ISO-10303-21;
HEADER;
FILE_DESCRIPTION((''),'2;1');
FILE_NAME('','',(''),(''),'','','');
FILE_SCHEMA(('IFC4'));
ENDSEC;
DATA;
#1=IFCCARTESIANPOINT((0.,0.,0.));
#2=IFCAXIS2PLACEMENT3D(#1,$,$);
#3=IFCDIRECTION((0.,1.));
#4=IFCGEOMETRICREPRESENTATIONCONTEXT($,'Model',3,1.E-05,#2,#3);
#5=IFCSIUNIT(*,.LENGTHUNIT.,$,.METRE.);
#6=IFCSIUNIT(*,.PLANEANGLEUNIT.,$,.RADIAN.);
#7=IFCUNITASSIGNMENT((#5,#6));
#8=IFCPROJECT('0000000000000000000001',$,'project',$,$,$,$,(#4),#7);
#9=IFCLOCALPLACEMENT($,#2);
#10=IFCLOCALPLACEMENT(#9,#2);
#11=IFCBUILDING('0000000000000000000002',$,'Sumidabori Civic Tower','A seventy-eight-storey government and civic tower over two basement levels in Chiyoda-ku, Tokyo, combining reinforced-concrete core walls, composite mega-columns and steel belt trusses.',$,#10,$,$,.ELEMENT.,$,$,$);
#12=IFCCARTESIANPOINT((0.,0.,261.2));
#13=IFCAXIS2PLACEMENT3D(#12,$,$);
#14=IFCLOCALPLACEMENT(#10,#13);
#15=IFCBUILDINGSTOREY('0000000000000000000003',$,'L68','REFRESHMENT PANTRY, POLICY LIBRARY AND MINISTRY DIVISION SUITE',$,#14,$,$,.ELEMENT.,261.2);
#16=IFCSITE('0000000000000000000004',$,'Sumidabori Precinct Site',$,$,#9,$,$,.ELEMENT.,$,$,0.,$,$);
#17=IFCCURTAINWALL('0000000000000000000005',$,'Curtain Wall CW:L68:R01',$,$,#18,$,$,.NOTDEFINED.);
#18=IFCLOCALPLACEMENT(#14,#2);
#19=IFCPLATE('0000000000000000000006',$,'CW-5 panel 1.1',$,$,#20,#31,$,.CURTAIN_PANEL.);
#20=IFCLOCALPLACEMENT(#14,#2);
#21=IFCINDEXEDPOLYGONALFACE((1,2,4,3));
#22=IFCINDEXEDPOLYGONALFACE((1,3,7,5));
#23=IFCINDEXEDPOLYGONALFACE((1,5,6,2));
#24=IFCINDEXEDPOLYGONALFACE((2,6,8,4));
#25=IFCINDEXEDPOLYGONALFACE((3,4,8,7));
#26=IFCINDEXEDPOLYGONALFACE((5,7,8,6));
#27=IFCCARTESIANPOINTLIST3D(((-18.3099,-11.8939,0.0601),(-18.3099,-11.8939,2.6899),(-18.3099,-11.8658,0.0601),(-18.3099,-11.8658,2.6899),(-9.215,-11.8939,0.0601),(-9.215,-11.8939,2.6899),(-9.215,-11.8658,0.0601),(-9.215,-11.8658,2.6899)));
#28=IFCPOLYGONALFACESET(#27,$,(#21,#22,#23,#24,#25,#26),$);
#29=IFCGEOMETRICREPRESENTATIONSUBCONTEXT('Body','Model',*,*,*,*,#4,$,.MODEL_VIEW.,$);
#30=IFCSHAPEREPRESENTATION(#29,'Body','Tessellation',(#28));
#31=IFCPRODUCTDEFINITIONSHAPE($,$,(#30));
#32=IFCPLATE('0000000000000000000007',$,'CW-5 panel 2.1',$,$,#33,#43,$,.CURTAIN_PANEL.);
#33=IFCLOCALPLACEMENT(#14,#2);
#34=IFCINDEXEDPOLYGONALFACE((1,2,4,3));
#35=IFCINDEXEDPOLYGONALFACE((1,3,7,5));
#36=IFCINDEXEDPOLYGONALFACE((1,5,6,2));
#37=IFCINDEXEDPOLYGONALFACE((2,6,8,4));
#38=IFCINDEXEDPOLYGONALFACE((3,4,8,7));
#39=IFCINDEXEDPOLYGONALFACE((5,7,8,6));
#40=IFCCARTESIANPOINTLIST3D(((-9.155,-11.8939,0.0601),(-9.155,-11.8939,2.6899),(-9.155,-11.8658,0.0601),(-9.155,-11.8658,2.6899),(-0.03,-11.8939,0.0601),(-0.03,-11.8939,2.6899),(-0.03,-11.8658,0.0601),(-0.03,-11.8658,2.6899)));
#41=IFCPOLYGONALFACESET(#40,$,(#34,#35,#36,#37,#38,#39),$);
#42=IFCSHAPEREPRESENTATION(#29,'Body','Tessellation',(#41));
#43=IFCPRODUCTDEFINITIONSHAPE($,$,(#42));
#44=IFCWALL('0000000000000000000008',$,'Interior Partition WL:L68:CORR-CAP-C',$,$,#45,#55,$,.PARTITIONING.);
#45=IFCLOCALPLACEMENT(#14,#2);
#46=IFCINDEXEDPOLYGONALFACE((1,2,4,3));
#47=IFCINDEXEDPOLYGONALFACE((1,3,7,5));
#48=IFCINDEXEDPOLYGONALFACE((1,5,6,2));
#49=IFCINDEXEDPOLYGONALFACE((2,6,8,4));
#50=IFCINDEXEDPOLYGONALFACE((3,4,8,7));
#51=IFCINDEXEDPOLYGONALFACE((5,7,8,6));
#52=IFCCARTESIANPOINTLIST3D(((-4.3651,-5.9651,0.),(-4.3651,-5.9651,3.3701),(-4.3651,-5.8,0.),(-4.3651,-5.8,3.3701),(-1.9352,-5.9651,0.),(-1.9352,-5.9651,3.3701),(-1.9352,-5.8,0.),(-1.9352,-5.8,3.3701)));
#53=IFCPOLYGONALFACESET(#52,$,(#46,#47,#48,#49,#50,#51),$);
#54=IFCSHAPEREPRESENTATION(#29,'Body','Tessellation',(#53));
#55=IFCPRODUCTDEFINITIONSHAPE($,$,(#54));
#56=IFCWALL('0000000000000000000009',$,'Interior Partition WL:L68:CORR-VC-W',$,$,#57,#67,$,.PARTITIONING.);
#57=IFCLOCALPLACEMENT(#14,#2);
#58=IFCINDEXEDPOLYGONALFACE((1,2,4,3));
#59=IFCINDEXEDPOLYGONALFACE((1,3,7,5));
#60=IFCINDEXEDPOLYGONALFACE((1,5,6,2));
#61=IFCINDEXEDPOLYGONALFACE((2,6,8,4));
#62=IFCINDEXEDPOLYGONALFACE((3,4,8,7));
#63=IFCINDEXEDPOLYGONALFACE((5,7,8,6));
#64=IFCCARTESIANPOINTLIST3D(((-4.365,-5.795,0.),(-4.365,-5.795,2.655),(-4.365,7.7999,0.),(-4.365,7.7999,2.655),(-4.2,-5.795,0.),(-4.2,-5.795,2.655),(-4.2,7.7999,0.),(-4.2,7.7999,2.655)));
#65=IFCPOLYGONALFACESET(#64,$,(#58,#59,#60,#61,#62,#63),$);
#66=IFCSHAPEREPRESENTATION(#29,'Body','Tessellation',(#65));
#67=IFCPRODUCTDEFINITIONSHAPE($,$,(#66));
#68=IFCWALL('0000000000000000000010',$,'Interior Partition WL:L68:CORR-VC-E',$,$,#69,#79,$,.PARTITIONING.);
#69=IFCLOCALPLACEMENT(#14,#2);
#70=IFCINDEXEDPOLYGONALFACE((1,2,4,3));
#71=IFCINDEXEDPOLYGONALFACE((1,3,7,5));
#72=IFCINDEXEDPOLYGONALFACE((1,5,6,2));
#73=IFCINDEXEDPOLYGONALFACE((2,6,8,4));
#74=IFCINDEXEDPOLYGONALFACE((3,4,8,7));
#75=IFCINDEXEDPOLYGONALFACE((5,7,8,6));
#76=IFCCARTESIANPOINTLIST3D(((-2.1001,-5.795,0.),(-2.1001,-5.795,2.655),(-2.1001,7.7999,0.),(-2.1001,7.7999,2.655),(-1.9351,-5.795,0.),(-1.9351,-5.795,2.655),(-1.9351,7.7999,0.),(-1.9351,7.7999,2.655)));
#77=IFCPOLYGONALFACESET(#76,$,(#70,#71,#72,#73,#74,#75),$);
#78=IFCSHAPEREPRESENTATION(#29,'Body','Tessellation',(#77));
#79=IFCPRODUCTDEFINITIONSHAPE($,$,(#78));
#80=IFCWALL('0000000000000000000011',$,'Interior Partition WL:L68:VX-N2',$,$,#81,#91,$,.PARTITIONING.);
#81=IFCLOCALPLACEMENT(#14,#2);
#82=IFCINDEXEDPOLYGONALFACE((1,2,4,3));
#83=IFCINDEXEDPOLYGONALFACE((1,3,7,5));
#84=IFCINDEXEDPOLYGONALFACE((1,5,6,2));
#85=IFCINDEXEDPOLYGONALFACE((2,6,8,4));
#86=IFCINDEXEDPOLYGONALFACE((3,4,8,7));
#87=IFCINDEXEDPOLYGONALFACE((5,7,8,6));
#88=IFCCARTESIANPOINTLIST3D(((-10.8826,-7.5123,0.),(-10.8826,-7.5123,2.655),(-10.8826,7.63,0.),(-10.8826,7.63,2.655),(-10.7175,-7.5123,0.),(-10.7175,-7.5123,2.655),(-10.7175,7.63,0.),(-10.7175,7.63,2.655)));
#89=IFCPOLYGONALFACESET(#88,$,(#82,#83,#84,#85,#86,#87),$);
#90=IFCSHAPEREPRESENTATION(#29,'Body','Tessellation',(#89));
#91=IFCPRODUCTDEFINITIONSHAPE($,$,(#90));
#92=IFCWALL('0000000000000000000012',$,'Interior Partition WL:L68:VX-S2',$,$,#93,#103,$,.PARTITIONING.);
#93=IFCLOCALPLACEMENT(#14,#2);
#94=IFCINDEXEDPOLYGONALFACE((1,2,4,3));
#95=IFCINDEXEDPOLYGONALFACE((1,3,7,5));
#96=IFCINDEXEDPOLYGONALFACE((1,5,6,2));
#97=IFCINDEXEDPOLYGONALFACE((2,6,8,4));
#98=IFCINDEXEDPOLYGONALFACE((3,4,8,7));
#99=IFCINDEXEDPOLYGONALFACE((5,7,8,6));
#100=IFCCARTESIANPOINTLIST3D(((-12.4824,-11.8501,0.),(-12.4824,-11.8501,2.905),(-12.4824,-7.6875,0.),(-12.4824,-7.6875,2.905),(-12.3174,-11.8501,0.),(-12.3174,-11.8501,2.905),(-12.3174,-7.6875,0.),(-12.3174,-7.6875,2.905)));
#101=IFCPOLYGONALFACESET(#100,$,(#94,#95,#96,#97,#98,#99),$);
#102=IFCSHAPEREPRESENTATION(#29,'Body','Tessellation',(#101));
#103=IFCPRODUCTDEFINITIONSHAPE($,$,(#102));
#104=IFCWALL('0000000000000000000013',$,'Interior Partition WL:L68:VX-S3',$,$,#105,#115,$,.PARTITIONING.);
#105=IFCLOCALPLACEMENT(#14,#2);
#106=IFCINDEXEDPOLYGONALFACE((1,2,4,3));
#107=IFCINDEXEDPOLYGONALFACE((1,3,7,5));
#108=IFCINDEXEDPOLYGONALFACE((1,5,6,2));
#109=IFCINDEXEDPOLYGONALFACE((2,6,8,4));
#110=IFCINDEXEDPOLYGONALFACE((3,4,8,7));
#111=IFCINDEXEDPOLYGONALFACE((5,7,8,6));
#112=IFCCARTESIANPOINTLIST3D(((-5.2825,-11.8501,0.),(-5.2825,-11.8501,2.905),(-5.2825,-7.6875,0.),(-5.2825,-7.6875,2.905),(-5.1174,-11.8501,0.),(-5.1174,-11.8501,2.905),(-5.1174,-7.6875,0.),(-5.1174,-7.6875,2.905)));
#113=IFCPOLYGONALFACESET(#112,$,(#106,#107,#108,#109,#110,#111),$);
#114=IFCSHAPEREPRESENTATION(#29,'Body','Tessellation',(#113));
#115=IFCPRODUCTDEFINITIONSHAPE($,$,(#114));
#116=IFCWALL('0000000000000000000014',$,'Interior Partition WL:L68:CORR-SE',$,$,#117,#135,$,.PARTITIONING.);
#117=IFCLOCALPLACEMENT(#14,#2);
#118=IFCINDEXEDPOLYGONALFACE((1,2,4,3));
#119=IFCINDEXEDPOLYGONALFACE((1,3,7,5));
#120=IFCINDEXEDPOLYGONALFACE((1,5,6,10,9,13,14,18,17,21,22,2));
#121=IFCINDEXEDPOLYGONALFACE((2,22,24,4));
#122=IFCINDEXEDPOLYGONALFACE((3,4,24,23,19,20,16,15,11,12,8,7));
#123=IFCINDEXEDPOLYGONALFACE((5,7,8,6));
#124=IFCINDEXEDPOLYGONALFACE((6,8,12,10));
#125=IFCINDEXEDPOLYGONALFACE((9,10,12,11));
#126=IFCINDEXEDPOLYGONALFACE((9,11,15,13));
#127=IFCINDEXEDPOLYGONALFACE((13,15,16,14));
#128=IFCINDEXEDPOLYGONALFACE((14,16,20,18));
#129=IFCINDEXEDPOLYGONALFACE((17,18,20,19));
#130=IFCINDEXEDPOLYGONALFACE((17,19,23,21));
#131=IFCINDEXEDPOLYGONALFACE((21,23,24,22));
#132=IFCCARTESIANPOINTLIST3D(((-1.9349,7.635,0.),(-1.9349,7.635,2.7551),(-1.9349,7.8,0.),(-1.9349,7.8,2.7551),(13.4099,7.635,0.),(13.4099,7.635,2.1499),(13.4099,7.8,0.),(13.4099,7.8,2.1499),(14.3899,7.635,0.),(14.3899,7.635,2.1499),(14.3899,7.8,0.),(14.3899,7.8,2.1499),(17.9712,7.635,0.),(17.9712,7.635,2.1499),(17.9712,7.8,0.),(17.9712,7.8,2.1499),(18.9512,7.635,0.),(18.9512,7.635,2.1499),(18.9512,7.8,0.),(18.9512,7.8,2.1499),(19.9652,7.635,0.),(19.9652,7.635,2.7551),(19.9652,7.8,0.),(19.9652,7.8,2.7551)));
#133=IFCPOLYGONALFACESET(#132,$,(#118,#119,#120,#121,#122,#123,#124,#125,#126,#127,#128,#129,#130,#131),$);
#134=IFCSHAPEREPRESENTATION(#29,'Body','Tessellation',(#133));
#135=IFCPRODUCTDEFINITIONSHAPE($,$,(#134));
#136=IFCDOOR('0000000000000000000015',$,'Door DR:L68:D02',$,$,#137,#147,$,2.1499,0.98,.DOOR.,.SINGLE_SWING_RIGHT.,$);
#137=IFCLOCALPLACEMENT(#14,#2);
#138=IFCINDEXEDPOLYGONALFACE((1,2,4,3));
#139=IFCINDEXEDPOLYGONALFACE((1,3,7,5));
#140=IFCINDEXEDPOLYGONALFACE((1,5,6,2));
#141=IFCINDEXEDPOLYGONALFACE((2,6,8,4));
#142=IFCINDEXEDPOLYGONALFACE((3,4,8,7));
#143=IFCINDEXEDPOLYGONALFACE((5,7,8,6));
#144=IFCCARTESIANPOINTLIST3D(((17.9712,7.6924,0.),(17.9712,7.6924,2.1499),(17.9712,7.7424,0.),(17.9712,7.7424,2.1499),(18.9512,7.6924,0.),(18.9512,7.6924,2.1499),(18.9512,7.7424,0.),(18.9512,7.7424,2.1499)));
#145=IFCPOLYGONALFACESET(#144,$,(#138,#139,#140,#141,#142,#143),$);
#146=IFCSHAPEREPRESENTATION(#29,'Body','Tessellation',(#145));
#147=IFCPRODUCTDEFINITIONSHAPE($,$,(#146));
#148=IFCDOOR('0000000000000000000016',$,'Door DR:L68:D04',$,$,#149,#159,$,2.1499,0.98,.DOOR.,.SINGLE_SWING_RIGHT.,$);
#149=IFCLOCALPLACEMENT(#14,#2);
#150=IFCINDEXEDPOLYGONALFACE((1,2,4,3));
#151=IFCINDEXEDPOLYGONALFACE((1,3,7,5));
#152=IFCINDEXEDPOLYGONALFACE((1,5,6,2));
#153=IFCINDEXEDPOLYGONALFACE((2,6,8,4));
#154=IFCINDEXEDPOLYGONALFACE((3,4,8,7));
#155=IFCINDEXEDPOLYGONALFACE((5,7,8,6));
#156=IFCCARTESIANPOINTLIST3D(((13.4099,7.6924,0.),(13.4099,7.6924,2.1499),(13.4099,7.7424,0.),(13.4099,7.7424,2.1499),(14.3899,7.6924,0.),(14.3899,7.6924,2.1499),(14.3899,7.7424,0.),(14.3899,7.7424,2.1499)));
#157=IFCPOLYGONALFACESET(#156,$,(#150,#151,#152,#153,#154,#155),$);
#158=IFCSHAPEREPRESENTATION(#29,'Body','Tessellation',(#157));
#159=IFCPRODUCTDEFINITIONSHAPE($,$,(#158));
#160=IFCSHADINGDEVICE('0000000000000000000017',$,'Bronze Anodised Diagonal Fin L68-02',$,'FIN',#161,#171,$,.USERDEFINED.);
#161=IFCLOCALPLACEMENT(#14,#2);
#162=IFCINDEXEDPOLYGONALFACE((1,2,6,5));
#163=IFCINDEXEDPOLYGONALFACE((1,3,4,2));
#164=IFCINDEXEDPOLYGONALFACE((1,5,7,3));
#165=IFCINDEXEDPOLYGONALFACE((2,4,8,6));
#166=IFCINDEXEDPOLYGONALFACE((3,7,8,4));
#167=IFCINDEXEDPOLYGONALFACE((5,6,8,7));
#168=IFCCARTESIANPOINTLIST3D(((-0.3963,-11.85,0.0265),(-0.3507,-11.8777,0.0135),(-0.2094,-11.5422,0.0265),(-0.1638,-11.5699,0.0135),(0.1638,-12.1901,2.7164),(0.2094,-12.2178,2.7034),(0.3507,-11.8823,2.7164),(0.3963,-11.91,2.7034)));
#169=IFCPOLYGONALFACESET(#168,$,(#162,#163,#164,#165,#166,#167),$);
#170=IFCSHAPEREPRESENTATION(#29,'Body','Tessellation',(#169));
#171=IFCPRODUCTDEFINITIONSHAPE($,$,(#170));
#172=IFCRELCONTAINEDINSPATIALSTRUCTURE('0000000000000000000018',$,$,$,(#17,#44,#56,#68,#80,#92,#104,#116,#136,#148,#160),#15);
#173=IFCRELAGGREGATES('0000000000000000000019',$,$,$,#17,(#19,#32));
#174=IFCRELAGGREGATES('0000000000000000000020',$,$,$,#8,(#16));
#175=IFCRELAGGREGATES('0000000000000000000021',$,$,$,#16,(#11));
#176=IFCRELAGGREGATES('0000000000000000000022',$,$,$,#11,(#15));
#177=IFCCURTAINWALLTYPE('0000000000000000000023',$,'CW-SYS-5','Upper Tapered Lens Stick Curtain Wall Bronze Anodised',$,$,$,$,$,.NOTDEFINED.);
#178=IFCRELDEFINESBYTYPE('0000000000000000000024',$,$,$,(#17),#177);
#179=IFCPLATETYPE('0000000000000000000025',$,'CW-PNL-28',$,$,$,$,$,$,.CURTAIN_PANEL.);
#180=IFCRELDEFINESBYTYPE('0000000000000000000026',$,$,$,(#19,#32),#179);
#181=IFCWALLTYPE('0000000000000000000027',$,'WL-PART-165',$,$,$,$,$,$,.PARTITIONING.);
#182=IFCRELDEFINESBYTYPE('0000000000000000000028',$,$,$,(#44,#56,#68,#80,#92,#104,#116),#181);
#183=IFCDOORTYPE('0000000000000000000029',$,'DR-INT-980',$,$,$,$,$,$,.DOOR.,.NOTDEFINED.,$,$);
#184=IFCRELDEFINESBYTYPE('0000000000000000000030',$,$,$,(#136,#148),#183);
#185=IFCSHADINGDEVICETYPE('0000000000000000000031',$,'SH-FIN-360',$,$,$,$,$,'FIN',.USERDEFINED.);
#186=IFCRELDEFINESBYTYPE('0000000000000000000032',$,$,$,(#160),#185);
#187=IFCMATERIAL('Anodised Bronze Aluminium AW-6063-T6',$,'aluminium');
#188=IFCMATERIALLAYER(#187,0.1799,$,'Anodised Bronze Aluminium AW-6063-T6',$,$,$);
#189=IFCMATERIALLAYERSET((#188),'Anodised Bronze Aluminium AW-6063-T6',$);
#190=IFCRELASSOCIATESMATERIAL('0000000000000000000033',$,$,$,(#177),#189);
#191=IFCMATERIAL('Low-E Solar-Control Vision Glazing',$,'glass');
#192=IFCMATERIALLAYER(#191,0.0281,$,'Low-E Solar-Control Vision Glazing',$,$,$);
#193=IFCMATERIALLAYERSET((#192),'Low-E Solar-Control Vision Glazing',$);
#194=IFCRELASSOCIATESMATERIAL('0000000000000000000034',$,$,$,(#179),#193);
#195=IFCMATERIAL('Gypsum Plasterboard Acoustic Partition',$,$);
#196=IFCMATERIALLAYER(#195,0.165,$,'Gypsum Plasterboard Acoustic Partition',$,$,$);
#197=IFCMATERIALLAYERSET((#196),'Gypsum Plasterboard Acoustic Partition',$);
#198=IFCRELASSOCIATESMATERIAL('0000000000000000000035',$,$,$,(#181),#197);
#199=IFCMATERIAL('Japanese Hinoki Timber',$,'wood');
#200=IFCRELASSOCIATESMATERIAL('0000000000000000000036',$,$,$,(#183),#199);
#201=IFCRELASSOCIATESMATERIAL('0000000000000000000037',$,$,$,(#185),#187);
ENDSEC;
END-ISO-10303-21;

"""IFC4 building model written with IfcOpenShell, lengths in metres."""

from ifc_helpers import new_model, si_unit, direction, frame, frame_2d, origin, origin_2d, place, context, subcontext, project, spatial, rectangle, extrude, source, transform, mapped, material, layer, layer_set, material_profile, profile_set, type_object, element, fill, aggregate, save


model = new_model("IFC4")

# Units and contexts
model_context = context("Model", 3, precision=1e-05, world=origin(), true_north=direction((0.0, 1.0)))
body_context = subcontext(model_context, "Body", "Model", "MODEL_VIEW")
ifc_project = project(units=[si_unit("LENGTHUNIT", "METRE"), si_unit("PLANEANGLEUNIT", "RADIAN")], contexts=[model_context])

# Site, building, storey
site_placement = place(None, origin())
site = spatial("IfcSite", under=ifc_project, at=site_placement, Name="Sumidabori Precinct Site", CompositionType="ELEMENT", RefElevation=0.0)
building_placement = place(site_placement, origin())
building = spatial("IfcBuilding", under=site, at=building_placement, Name="Sumidabori Civic Tower", Description="A seventy-eight-storey government and civic tower over two basement levels in Chiyoda-ku, Tokyo, combining reinforced-concrete core walls, composite mega-columns and steel belt trusses.", CompositionType="ELEMENT")
storey_placement = place(building_placement, frame((0.0, 0.0, 261.2)))
storey = spatial("IfcBuildingStorey", under=building, at=storey_placement, Name="L68", Description="REFRESHMENT PANTRY, POLICY LIBRARY AND MINISTRY DIVISION SUITE", CompositionType="ELEMENT", Elevation=261.2)

# Curtain wall
ifc_material_1 = material(Name="Anodised Bronze Aluminium AW-6063-T6", Category="aluminium")
ifc_layer_1 = layer(ifc_material_1, 0.1799, Name="Anodised Bronze Aluminium AW-6063-T6")
ifc_layer_set_1 = layer_set([ifc_layer_1], Name="Anodised Bronze Aluminium AW-6063-T6")
curtain_wall_type = type_object("IfcCurtainWallType", Name="CW-SYS-5", Description="Upper Tapered Lens Stick Curtain Wall Bronze Anodised", PredefinedType="NOTDEFINED", material=ifc_layer_set_1)
curtain_wall_placement = place(storey_placement, origin())
curtain_wall = element("IfcCurtainWall", 1, at=curtain_wall_placement, inside=storey, type_object=curtain_wall_type, Name="Curtain Wall CW:L68:R01", PredefinedType="NOTDEFINED")

# Plates
ifc_material_2 = material(Name="Low-E Solar-Control Vision Glazing", Category="glass")
ifc_layer_2 = layer(ifc_material_2, 0.0281, Name="Low-E Solar-Control Vision Glazing")
ifc_layer_set_2 = layer_set([ifc_layer_2], Name="Low-E Solar-Control Vision Glazing")
plate_type = type_object("IfcPlateType", Name="CW-PNL-28", PredefinedType="CURTAIN_PANEL", material=ifc_layer_set_2)
shared_shape_1 = source(origin(), body_context, "Body", "SweptSolid", [
    extrude(rectangle(XDim=9.095, YDim=0.0281, at=origin_2d()), origin(), (0.0, 0.0, 1.0), 2.6299),
])
plate_1_placement = place(storey_placement, frame((-13.7625, -11.8799, 0.0601), z_axis=(0.0, 0.0, 1.0), x_axis=(1.0, 0.0, 0.0)))
plate_1 = element("IfcPlate", 2, at=plate_1_placement, type_object=plate_type, Name="CW-5 panel 1.1", PredefinedType="CURTAIN_PANEL", context=body_context, shape_type="MappedRepresentation", body=[
    mapped(shared_shape_1, transform((0.0, 0.0, 0.0), x_axis=(1.0, 0.0, 0.0), y_axis=(0.0, 1.0, 0.0), z_axis=(0.0, 0.0, 1.0), scale=1.0)),
])
shared_shape_2 = source(origin(), body_context, "Body", "SweptSolid", [
    extrude(rectangle(XDim=9.125, YDim=0.0281, at=origin_2d()), origin(), (0.0, 0.0, 1.0), 2.6299),
])
plate_2_placement = place(storey_placement, frame((-4.5925, -11.8799, 0.0601), z_axis=(0.0, 0.0, 1.0), x_axis=(1.0, 0.0, 0.0)))
plate_2 = element("IfcPlate", 3, at=plate_2_placement, type_object=plate_type, Name="CW-5 panel 2.1", PredefinedType="CURTAIN_PANEL", context=body_context, shape_type="MappedRepresentation", body=[
    mapped(shared_shape_2, transform((0.0, 0.0, 0.0), x_axis=(1.0, 0.0, 0.0), y_axis=(0.0, 1.0, 0.0), z_axis=(0.0, 0.0, 1.0), scale=1.0)),
])
aggregate(curtain_wall, [plate_1, plate_2])

# Walls
ifc_material_3 = material(Name="Gypsum Plasterboard Acoustic Partition")
ifc_layer_3 = layer(ifc_material_3, 0.165, Name="Gypsum Plasterboard Acoustic Partition")
ifc_layer_set_3 = layer_set([ifc_layer_3], Name="Gypsum Plasterboard Acoustic Partition")
wall_type = type_object("IfcWallType", Name="WL-PART-165", PredefinedType="PARTITIONING", material=ifc_layer_set_3)
shared_shape_3 = source(origin(), body_context, "Body", "SweptSolid", [
    extrude(rectangle(XDim=2.4299, YDim=0.165, at=frame_2d((1.2148, 0.0))), origin(), (0.0, 0.0, 1.0), 3.3701),
])
wall_1_placement = place(storey_placement, frame((-4.365, -5.8826, 0.0), z_axis=(0.0, 0.0, 1.0), x_axis=(1.0, 0.0, 0.0)))
element("IfcWall", 4, at=wall_1_placement, inside=storey, type_object=wall_type, Name="Interior Partition WL:L68:CORR-CAP-C", PredefinedType="PARTITIONING", context=body_context, shape_type="MappedRepresentation", body=[
    mapped(shared_shape_3, transform((0.0, 0.0, 0.0), x_axis=(1.0, 0.0, 0.0), y_axis=(0.0, 1.0, 0.0), z_axis=(0.0, 0.0, 1.0), scale=1.0)),
])
shared_shape_4 = source(origin(), body_context, "Body", "SweptSolid", [
    extrude(rectangle(XDim=13.595, YDim=0.165, at=frame_2d((6.7974, 0.0))), origin(), (0.0, 0.0, 1.0), 2.655),
])
for number, where, z_axis, x_axis, name in (
    (5, (-4.2825, -5.7949, 0.0), (0.0, 0.0, 1.0), (0.0, 1.0, 0.0), "Interior Partition WL:L68:CORR-VC-W"),
    (6, (-2.0176, -5.7949, 0.0), (0.0, 0.0, 1.0), (0.0, 1.0, 0.0), "Interior Partition WL:L68:CORR-VC-E"),
):
    element("IfcWall", number, at=place(storey_placement, frame(where, z_axis=z_axis, x_axis=x_axis)), inside=storey, type_object=wall_type, Name=name, PredefinedType="PARTITIONING", context=body_context, shape_type="MappedRepresentation", body=[
        mapped(shared_shape_4, transform((0.0, 0.0, 0.0), x_axis=(1.0, 0.0, 0.0), y_axis=(0.0, 1.0, 0.0), z_axis=(0.0, 0.0, 1.0), scale=1.0)),
    ])
shared_shape_5 = source(origin(), body_context, "Body", "SweptSolid", [
    extrude(rectangle(XDim=15.1423, YDim=0.165, at=frame_2d((7.5713, 0.0))), origin(), (0.0, 0.0, 1.0), 2.655),
])
wall_2_placement = place(storey_placement, frame((-10.8, -7.5125, 0.0), z_axis=(0.0, 0.0, 1.0), x_axis=(0.0, 1.0, 0.0)))
element("IfcWall", 7, at=wall_2_placement, inside=storey, type_object=wall_type, Name="Interior Partition WL:L68:VX-N2", PredefinedType="PARTITIONING", context=body_context, shape_type="MappedRepresentation", body=[
    mapped(shared_shape_5, transform((0.0, 0.0, 0.0), x_axis=(1.0, 0.0, 0.0), y_axis=(0.0, 1.0, 0.0), z_axis=(0.0, 0.0, 1.0), scale=1.0)),
])
shared_shape_6 = source(origin(), body_context, "Body", "SweptSolid", [
    extrude(rectangle(XDim=4.1626, YDim=0.165, at=frame_2d((2.0813, 0.0))), origin(), (0.0, 0.0, 1.0), 2.905),
])
for number, where, z_axis, x_axis, name in (
    (8, (-12.3999, -11.8501, 0.0), (0.0, 0.0, 1.0), (0.0, 1.0, 0.0), "Interior Partition WL:L68:VX-S2"),
    (9, (-5.2, -11.8501, 0.0), (0.0, 0.0, 1.0), (0.0, 1.0, 0.0), "Interior Partition WL:L68:VX-S3"),
):
    element("IfcWall", number, at=place(storey_placement, frame(where, z_axis=z_axis, x_axis=x_axis)), inside=storey, type_object=wall_type, Name=name, PredefinedType="PARTITIONING", context=body_context, shape_type="MappedRepresentation", body=[
        mapped(shared_shape_6, transform((0.0, 0.0, 0.0), x_axis=(1.0, 0.0, 0.0), y_axis=(0.0, 1.0, 0.0), z_axis=(0.0, 0.0, 1.0), scale=1.0)),
    ])

# Wall, openings, doors
shared_shape_7 = source(origin(), body_context, "Body", "SweptSolid", [
    extrude(rectangle(XDim=21.9001, YDim=0.165, at=frame_2d((10.9502, 0.0))), origin(), (0.0, 0.0, 1.0), 2.7551),
])
wall_3_placement = place(storey_placement, frame((-1.9351, 7.7175, 0.0), z_axis=(0.0, 0.0, 1.0), x_axis=(1.0, 0.0, 0.0)))
wall_3 = element("IfcWall", 10, at=wall_3_placement, inside=storey, type_object=wall_type, Name="Interior Partition WL:L68:CORR-SE", PredefinedType="PARTITIONING", context=body_context, shape_type="MappedRepresentation", body=[
    mapped(shared_shape_7, transform((0.0, 0.0, 0.0), x_axis=(1.0, 0.0, 0.0), y_axis=(0.0, 1.0, 0.0), z_axis=(0.0, 0.0, 1.0), scale=1.0)),
])
opening_1_placement = place(wall_3_placement, frame((19.9062, 0.0, 0.0)))
opening_1 = element("IfcOpeningElement", 11, at=opening_1_placement, cuts=wall_3, PredefinedType="OPENING", context=body_context, shape_type="SweptSolid", body=[
    extrude(rectangle(XDim=0.98, YDim=2.1499, at=frame_2d((0.49, 1.075))), frame((0.0, 0.0945, 0.0), z_axis=(0.0, -1.0, 0.0), x_axis=(1.0, 0.0, 0.0)), (0.0, 0.0, 1.0), 0.189),
])
opening_2_placement = place(wall_3_placement, frame((15.345, 0.0, 0.0)))
opening_2 = element("IfcOpeningElement", 12, at=opening_2_placement, cuts=wall_3, PredefinedType="OPENING", context=body_context, shape_type="SweptSolid", body=[
    extrude(rectangle(XDim=0.98, YDim=2.1499, at=frame_2d((0.49, 1.075))), frame((0.0, 0.0945, 0.0), z_axis=(0.0, -1.0, 0.0), x_axis=(1.0, 0.0, 0.0)), (0.0, 0.0, 1.0), 0.189),
])
ifc_material_4 = material(Name="Japanese Hinoki Timber", Category="wood")
door_type = type_object("IfcDoorType", Name="DR-INT-980", OperationType="NOTDEFINED", PredefinedType="DOOR", material=ifc_material_4)
shared_shape_8 = source(origin(), body_context, "Body", "SweptSolid", [
    extrude(rectangle(XDim=0.98, YDim=2.1499, at=frame_2d((0.49, 1.075))), frame((0.0, 0.0249, 0.0), z_axis=(0.0, -1.0, 0.0), x_axis=(1.0, 0.0, 0.0)), (0.0, 0.0, 1.0), 0.05),
])
door_1_placement = place(opening_1_placement, origin())
door_1 = element("IfcDoor", 13, at=door_1_placement, inside=storey, type_object=door_type, Name="Door DR:L68:D02", OperationType="SINGLE_SWING_RIGHT", OverallHeight=2.1499, OverallWidth=0.98, PredefinedType="DOOR", context=body_context, shape_type="MappedRepresentation", body=[
    mapped(shared_shape_8, transform((0.0, 0.0, 0.0), x_axis=(1.0, 0.0, 0.0), y_axis=(0.0, 1.0, 0.0), z_axis=(0.0, 0.0, 1.0), scale=1.0)),
])
fill(opening_1, door_1)
door_2_placement = place(opening_2_placement, origin())
door_2 = element("IfcDoor", 14, at=door_2_placement, inside=storey, type_object=door_type, Name="Door DR:L68:D04", OperationType="SINGLE_SWING_RIGHT", OverallHeight=2.1499, OverallWidth=0.98, PredefinedType="DOOR", context=body_context, shape_type="MappedRepresentation", body=[
    mapped(shared_shape_8, transform((0.0, 0.0, 0.0), x_axis=(1.0, 0.0, 0.0), y_axis=(0.0, 1.0, 0.0), z_axis=(0.0, 0.0, 1.0), scale=1.0)),
])
fill(opening_2, door_2)

# Shading device
ifc_material_profile_1 = material_profile(ifc_material_1, rectangle(XDim=0.0549, YDim=0.3601, at=origin_2d()), Name="BRONZE FIN 360x55")
ifc_profile_set_1 = profile_set([ifc_material_profile_1], Name="Anodised Bronze Aluminium AW-6063-T6")
shading_device_type = type_object("IfcShadingDeviceType", Name="SH-FIN-360", ElementType="FIN", PredefinedType="USERDEFINED", material=ifc_profile_set_1)
shared_shape_9 = source(origin(), body_context, "Body", "SweptSolid", [
    extrude(rectangle(XDim=0.0549, YDim=0.3601, at=origin_2d()), origin(), (0.0, 0.0, 1.0), 2.7686),
])
shading_device_placement = place(storey_placement, frame((-0.28, -11.71, 0.02), z_axis=(0.20229, -0.122838, 0.971591), x_axis=(0.83047, -0.504291, -0.236665)))
element("IfcShadingDevice", 15, at=shading_device_placement, inside=storey, type_object=shading_device_type, Name="Bronze Anodised Diagonal Fin L68-02", ObjectType="FIN", PredefinedType="USERDEFINED", context=body_context, shape_type="MappedRepresentation", body=[
    mapped(shared_shape_9, transform((0.0, 0.0, 0.0), x_axis=(1.0, 0.0, 0.0), y_axis=(0.0, 1.0, 0.0), z_axis=(0.0, 0.0, 1.0), scale=1.0)),
])

save(model, "model.ifc")
